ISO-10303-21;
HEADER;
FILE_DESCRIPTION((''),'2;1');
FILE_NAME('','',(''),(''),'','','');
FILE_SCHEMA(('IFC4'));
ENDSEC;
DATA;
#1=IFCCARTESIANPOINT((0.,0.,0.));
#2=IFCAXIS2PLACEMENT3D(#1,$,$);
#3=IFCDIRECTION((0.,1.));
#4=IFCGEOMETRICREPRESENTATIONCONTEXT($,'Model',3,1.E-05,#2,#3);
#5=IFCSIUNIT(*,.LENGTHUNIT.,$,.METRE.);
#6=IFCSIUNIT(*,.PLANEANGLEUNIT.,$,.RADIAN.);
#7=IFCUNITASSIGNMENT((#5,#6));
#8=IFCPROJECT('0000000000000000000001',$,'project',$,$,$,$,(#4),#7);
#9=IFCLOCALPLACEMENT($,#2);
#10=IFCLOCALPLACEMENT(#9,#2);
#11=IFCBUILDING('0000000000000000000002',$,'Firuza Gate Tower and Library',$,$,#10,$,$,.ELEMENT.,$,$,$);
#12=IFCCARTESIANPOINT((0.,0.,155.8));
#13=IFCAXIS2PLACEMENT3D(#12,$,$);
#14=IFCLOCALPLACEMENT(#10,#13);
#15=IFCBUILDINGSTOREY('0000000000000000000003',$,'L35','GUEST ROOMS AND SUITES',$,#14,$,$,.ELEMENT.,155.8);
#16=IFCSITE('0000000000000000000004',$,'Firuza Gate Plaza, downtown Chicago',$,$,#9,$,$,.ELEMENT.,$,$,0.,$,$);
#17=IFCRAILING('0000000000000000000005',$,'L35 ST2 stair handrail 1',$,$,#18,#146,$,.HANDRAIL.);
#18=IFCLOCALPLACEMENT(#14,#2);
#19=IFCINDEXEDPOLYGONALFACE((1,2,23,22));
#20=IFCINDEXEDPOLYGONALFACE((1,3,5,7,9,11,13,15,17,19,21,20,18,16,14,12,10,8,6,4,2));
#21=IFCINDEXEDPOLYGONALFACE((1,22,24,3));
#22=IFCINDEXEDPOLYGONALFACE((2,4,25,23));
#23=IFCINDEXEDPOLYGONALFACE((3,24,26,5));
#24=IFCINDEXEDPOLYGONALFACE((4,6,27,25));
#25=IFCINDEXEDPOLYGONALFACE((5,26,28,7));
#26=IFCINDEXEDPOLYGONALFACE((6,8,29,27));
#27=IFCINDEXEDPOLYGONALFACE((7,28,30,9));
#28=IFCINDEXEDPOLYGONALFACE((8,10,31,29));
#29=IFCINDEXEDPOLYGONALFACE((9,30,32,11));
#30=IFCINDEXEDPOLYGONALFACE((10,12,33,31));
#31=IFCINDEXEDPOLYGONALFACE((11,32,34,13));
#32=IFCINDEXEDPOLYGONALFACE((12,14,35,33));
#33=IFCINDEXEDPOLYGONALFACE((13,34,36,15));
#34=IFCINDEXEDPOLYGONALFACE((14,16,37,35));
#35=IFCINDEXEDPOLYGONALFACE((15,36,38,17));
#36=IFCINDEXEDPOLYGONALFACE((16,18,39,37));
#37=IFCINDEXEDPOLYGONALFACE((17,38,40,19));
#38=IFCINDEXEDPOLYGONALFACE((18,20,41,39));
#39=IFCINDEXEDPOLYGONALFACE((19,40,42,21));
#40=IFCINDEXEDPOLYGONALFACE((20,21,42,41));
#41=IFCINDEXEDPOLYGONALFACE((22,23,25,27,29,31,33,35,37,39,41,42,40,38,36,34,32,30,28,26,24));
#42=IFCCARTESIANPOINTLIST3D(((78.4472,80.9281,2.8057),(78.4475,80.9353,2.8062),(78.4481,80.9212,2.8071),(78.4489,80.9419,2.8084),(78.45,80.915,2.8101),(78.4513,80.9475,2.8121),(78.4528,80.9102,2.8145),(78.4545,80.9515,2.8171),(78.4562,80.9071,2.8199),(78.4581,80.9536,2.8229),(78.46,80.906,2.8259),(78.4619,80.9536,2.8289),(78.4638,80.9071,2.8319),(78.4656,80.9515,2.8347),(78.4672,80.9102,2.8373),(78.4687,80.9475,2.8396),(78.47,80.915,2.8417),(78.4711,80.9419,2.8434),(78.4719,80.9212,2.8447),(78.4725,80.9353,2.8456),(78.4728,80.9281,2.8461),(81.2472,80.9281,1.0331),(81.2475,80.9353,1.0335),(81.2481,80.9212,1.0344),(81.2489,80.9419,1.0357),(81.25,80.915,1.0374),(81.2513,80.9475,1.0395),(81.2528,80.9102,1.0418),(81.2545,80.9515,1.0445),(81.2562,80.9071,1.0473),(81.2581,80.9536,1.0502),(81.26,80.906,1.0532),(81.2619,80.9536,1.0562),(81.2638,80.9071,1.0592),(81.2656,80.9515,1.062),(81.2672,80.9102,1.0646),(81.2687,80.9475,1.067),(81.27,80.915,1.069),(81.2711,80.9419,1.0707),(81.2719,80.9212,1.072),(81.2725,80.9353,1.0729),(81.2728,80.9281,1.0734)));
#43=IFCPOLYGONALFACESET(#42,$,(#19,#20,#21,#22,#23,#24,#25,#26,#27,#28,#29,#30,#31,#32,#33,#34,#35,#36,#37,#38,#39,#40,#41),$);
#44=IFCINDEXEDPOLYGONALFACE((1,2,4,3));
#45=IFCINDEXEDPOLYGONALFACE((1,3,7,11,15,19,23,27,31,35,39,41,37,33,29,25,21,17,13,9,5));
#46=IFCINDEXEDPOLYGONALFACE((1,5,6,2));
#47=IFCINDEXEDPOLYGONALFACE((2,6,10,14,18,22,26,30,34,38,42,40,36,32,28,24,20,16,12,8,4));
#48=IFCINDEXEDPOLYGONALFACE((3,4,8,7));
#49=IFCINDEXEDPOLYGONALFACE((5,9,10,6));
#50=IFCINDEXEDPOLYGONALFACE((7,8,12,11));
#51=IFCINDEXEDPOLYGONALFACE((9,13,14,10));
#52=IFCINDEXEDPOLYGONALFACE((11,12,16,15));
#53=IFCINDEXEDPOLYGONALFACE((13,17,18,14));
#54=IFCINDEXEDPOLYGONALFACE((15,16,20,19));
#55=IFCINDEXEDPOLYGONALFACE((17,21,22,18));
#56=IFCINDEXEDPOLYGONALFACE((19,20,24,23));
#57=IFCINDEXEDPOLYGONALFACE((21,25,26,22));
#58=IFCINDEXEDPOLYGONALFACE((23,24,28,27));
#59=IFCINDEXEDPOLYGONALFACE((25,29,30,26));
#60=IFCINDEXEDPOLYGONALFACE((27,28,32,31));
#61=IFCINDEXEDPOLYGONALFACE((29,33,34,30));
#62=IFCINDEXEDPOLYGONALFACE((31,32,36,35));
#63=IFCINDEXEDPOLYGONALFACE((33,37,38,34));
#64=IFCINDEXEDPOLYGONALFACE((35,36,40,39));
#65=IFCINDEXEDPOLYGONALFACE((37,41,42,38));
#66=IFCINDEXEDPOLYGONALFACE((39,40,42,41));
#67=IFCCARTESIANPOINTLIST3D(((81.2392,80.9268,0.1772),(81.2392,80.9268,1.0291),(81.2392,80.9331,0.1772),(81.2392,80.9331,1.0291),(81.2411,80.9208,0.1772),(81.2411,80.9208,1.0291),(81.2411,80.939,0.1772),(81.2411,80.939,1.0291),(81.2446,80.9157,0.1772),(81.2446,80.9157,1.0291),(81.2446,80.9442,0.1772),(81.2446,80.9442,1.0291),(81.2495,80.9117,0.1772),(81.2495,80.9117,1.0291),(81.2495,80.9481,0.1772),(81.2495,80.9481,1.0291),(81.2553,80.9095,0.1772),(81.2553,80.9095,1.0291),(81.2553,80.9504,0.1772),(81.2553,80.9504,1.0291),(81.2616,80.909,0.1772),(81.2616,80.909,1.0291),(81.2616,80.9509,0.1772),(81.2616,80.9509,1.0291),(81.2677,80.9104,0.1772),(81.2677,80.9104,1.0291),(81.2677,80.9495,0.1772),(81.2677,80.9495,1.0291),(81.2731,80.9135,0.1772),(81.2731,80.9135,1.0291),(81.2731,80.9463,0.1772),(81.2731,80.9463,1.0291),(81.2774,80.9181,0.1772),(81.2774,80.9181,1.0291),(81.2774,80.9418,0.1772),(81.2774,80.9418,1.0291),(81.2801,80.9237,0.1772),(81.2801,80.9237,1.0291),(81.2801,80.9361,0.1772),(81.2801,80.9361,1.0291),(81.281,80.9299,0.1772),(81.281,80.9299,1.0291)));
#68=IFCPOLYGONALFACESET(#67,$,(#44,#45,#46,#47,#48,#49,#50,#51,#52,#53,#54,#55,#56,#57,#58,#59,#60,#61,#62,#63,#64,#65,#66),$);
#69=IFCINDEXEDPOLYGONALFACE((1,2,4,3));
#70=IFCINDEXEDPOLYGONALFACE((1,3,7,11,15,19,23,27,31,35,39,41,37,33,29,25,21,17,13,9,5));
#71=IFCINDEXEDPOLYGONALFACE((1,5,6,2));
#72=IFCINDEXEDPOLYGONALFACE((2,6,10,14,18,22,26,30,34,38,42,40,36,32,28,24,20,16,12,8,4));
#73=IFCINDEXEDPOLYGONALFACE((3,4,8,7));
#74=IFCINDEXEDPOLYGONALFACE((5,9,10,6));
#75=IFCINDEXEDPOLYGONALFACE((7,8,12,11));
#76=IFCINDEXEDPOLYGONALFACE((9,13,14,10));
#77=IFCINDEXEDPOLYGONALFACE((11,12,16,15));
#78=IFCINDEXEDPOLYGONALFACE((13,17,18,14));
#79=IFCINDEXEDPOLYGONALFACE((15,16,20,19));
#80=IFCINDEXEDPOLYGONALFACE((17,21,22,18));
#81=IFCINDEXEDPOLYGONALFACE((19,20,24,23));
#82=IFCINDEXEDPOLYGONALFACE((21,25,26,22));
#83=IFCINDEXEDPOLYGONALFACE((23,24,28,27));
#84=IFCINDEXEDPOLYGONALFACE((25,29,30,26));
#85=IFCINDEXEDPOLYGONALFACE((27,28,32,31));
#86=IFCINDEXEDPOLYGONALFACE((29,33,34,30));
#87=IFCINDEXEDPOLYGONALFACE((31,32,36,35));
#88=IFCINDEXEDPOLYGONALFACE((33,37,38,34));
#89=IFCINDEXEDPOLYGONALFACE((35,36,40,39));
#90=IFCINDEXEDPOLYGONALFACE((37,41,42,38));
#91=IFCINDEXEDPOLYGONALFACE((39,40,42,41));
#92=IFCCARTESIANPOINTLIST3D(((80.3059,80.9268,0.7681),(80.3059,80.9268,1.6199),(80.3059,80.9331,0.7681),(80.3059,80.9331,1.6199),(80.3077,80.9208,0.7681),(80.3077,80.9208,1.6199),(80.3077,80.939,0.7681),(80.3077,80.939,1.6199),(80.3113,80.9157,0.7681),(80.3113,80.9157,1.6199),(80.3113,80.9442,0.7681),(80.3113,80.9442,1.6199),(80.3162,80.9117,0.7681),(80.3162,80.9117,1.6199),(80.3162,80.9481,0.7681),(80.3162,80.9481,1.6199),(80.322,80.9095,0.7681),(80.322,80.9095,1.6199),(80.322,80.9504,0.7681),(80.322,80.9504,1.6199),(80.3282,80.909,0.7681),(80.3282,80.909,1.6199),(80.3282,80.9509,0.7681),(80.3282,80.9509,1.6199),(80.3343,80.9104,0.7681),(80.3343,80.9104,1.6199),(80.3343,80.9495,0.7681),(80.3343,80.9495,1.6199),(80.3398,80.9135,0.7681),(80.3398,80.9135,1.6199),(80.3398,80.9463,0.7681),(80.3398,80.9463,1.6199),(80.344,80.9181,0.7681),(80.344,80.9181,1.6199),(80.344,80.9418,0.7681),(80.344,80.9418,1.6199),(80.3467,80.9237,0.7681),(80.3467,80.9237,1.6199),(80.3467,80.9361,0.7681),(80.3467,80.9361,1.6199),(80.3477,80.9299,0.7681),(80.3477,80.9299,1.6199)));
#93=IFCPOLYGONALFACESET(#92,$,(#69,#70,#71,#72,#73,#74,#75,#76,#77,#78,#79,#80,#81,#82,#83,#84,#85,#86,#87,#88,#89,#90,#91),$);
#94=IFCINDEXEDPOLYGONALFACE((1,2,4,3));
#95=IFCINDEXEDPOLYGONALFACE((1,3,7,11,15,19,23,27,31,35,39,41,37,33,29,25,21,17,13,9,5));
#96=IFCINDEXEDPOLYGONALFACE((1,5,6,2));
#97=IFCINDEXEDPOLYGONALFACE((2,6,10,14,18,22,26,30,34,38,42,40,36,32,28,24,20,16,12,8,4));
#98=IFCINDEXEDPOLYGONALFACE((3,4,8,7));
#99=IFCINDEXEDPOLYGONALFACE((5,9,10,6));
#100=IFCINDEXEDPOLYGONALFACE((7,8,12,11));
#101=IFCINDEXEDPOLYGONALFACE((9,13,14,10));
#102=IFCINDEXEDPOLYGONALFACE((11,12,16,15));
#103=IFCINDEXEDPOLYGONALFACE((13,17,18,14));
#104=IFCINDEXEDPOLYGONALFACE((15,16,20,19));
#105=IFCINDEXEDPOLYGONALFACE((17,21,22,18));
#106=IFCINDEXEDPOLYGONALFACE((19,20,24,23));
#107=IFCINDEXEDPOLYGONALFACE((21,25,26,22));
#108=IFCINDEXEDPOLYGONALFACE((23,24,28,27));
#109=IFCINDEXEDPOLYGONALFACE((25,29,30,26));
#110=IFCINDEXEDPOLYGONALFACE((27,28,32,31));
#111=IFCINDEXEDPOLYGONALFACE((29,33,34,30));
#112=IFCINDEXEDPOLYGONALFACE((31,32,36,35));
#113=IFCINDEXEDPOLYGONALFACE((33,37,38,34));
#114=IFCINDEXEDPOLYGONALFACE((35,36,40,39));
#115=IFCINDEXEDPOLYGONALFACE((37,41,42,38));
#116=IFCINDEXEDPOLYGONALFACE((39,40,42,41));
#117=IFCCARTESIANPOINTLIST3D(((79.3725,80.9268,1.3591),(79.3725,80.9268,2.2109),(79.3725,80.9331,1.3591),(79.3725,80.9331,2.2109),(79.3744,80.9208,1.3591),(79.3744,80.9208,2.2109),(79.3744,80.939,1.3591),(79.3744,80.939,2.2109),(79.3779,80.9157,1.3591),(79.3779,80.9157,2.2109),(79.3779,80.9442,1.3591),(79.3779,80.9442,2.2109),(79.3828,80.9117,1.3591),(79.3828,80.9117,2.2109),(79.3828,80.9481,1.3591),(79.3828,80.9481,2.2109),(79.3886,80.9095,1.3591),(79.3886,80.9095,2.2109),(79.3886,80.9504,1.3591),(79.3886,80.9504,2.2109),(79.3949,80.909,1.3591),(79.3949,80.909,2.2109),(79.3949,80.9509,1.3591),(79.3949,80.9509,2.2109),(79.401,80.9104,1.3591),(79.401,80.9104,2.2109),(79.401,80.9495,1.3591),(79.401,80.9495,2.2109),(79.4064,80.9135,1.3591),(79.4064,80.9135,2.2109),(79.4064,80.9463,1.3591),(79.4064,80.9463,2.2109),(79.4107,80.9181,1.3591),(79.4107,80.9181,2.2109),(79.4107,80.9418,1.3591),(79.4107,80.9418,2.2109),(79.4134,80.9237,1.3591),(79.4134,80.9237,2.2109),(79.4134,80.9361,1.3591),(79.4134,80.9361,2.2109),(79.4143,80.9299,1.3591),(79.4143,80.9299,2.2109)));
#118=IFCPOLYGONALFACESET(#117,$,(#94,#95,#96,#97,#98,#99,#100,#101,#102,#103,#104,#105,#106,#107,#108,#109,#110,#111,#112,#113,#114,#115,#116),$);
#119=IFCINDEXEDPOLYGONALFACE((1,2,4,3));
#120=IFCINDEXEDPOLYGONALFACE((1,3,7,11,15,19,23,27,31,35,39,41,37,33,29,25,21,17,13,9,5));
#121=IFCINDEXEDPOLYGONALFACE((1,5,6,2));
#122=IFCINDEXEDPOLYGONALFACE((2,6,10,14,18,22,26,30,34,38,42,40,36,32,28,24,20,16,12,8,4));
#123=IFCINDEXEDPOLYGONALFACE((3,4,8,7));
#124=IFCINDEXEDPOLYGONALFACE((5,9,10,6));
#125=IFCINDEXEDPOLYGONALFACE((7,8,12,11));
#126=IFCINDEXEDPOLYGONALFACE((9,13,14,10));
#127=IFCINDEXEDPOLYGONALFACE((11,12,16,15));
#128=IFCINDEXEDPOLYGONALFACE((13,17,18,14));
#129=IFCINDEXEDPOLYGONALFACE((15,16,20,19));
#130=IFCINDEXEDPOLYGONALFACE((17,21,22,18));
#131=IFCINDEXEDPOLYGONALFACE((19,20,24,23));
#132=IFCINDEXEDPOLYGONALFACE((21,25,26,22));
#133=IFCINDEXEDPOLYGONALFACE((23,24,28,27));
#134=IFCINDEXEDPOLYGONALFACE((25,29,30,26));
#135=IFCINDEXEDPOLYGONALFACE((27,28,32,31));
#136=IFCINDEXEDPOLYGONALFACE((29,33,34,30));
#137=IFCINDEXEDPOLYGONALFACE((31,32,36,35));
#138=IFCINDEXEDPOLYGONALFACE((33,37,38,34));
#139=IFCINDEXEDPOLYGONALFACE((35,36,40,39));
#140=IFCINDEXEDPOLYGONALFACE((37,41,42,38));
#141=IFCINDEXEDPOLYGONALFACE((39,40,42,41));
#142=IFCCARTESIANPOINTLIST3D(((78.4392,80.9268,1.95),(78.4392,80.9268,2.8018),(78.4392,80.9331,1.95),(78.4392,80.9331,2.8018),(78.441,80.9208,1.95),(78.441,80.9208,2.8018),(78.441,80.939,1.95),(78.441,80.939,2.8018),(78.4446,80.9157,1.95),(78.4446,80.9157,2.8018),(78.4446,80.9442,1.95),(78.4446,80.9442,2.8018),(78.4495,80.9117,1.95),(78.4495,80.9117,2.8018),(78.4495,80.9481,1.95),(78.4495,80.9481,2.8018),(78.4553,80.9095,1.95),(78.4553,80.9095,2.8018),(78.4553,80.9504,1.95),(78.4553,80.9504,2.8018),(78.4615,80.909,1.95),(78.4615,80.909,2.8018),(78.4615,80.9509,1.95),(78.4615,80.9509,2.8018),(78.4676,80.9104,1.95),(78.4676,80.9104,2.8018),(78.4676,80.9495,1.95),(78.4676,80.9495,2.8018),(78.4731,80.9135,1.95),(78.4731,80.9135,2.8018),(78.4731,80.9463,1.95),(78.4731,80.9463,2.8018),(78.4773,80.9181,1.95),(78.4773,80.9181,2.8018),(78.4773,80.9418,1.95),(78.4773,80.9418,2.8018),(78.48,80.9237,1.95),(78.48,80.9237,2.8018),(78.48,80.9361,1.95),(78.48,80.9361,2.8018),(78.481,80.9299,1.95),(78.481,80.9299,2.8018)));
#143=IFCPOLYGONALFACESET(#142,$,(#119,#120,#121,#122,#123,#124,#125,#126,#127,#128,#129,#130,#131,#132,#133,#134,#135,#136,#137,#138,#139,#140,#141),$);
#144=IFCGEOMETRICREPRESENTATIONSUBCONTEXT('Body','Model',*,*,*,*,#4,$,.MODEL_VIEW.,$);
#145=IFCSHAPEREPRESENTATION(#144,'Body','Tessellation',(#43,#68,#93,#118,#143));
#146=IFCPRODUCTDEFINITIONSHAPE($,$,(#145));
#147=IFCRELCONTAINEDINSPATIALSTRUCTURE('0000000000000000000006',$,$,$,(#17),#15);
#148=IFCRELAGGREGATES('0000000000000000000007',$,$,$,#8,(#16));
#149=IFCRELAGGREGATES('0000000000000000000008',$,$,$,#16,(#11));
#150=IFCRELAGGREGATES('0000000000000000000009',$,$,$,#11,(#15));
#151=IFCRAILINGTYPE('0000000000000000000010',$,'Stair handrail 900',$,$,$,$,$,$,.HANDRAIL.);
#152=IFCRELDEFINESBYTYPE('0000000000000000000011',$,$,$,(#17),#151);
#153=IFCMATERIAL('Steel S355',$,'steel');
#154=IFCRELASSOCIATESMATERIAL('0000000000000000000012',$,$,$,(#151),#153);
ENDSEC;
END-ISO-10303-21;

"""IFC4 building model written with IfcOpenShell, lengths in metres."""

from ifc_helpers import new_model, si_unit, direction, frame, origin, origin_2d, place, context, subcontext, project, spatial, circle, extrude, material, type_object, element, save


model = new_model("IFC4")

# Units and contexts
model_context = context("Model", 3, precision=1e-05, world=origin(), true_north=direction((0.0, 1.0)))
body_context = subcontext(model_context, "Body", "Model", "MODEL_VIEW")
ifc_project = project(units=[si_unit("LENGTHUNIT", "METRE"), si_unit("PLANEANGLEUNIT", "RADIAN")], contexts=[model_context])

# Site, building, storey
site_placement = place(None, origin())
site = spatial("IfcSite", under=ifc_project, at=site_placement, Name="Firuza Gate Plaza, downtown Chicago", CompositionType="ELEMENT", RefElevation=0.0)
building_placement = place(site_placement, origin())
building = spatial("IfcBuilding", under=site, at=building_placement, Name="Firuza Gate Tower and Library", CompositionType="ELEMENT")
storey_placement = place(building_placement, frame((0.0, 0.0, 155.8)))
storey = spatial("IfcBuildingStorey", under=building, at=storey_placement, Name="L35", Description="GUEST ROOMS AND SUITES", CompositionType="ELEMENT", Elevation=155.8)

# Railing
ifc_material_1 = material(Name="Steel S355", Category="steel")
railing_type_1 = type_object("IfcRailingType", Name="Stair handrail 900", PredefinedType="HANDRAIL", material=ifc_material_1)
railing_1_placement = place(storey_placement, frame((81.26, 80.9299, 0.1772)))
element("IfcRailing", 1, at=railing_1_placement, inside=storey, type_object=railing_type_1, Name="L35 ST2 stair handrail 1", PredefinedType="HANDRAIL", context=body_context, shape_type="SweptSolid", body=[
    extrude(circle(Radius=0.0239, at=origin_2d()), frame((0.0, 0.0, 0.876), z_axis=(-0.844909, 0.0, 0.53491), x_axis=(0.0, -1.0, 0.0)), (0.0, 0.0, 1.0), 3.314),
    extrude(circle(Radius=0.021, at=origin_2d()), origin(), (0.0, 0.0, 1.0), 0.8518),
    extrude(circle(Radius=0.021, at=origin_2d()), frame((-0.9333, 0.0, 0.5908)), (0.0, 0.0, 1.0), 0.8518),
    extrude(circle(Radius=0.021, at=origin_2d()), frame((-1.8667, 0.0, 1.1819)), (0.0, 0.0, 1.0), 0.8518),
    extrude(circle(Radius=0.021, at=origin_2d()), frame((-2.8, 0.0, 1.7727)), (0.0, 0.0, 1.0), 0.8518),
])

save(model, "model.ifc")
